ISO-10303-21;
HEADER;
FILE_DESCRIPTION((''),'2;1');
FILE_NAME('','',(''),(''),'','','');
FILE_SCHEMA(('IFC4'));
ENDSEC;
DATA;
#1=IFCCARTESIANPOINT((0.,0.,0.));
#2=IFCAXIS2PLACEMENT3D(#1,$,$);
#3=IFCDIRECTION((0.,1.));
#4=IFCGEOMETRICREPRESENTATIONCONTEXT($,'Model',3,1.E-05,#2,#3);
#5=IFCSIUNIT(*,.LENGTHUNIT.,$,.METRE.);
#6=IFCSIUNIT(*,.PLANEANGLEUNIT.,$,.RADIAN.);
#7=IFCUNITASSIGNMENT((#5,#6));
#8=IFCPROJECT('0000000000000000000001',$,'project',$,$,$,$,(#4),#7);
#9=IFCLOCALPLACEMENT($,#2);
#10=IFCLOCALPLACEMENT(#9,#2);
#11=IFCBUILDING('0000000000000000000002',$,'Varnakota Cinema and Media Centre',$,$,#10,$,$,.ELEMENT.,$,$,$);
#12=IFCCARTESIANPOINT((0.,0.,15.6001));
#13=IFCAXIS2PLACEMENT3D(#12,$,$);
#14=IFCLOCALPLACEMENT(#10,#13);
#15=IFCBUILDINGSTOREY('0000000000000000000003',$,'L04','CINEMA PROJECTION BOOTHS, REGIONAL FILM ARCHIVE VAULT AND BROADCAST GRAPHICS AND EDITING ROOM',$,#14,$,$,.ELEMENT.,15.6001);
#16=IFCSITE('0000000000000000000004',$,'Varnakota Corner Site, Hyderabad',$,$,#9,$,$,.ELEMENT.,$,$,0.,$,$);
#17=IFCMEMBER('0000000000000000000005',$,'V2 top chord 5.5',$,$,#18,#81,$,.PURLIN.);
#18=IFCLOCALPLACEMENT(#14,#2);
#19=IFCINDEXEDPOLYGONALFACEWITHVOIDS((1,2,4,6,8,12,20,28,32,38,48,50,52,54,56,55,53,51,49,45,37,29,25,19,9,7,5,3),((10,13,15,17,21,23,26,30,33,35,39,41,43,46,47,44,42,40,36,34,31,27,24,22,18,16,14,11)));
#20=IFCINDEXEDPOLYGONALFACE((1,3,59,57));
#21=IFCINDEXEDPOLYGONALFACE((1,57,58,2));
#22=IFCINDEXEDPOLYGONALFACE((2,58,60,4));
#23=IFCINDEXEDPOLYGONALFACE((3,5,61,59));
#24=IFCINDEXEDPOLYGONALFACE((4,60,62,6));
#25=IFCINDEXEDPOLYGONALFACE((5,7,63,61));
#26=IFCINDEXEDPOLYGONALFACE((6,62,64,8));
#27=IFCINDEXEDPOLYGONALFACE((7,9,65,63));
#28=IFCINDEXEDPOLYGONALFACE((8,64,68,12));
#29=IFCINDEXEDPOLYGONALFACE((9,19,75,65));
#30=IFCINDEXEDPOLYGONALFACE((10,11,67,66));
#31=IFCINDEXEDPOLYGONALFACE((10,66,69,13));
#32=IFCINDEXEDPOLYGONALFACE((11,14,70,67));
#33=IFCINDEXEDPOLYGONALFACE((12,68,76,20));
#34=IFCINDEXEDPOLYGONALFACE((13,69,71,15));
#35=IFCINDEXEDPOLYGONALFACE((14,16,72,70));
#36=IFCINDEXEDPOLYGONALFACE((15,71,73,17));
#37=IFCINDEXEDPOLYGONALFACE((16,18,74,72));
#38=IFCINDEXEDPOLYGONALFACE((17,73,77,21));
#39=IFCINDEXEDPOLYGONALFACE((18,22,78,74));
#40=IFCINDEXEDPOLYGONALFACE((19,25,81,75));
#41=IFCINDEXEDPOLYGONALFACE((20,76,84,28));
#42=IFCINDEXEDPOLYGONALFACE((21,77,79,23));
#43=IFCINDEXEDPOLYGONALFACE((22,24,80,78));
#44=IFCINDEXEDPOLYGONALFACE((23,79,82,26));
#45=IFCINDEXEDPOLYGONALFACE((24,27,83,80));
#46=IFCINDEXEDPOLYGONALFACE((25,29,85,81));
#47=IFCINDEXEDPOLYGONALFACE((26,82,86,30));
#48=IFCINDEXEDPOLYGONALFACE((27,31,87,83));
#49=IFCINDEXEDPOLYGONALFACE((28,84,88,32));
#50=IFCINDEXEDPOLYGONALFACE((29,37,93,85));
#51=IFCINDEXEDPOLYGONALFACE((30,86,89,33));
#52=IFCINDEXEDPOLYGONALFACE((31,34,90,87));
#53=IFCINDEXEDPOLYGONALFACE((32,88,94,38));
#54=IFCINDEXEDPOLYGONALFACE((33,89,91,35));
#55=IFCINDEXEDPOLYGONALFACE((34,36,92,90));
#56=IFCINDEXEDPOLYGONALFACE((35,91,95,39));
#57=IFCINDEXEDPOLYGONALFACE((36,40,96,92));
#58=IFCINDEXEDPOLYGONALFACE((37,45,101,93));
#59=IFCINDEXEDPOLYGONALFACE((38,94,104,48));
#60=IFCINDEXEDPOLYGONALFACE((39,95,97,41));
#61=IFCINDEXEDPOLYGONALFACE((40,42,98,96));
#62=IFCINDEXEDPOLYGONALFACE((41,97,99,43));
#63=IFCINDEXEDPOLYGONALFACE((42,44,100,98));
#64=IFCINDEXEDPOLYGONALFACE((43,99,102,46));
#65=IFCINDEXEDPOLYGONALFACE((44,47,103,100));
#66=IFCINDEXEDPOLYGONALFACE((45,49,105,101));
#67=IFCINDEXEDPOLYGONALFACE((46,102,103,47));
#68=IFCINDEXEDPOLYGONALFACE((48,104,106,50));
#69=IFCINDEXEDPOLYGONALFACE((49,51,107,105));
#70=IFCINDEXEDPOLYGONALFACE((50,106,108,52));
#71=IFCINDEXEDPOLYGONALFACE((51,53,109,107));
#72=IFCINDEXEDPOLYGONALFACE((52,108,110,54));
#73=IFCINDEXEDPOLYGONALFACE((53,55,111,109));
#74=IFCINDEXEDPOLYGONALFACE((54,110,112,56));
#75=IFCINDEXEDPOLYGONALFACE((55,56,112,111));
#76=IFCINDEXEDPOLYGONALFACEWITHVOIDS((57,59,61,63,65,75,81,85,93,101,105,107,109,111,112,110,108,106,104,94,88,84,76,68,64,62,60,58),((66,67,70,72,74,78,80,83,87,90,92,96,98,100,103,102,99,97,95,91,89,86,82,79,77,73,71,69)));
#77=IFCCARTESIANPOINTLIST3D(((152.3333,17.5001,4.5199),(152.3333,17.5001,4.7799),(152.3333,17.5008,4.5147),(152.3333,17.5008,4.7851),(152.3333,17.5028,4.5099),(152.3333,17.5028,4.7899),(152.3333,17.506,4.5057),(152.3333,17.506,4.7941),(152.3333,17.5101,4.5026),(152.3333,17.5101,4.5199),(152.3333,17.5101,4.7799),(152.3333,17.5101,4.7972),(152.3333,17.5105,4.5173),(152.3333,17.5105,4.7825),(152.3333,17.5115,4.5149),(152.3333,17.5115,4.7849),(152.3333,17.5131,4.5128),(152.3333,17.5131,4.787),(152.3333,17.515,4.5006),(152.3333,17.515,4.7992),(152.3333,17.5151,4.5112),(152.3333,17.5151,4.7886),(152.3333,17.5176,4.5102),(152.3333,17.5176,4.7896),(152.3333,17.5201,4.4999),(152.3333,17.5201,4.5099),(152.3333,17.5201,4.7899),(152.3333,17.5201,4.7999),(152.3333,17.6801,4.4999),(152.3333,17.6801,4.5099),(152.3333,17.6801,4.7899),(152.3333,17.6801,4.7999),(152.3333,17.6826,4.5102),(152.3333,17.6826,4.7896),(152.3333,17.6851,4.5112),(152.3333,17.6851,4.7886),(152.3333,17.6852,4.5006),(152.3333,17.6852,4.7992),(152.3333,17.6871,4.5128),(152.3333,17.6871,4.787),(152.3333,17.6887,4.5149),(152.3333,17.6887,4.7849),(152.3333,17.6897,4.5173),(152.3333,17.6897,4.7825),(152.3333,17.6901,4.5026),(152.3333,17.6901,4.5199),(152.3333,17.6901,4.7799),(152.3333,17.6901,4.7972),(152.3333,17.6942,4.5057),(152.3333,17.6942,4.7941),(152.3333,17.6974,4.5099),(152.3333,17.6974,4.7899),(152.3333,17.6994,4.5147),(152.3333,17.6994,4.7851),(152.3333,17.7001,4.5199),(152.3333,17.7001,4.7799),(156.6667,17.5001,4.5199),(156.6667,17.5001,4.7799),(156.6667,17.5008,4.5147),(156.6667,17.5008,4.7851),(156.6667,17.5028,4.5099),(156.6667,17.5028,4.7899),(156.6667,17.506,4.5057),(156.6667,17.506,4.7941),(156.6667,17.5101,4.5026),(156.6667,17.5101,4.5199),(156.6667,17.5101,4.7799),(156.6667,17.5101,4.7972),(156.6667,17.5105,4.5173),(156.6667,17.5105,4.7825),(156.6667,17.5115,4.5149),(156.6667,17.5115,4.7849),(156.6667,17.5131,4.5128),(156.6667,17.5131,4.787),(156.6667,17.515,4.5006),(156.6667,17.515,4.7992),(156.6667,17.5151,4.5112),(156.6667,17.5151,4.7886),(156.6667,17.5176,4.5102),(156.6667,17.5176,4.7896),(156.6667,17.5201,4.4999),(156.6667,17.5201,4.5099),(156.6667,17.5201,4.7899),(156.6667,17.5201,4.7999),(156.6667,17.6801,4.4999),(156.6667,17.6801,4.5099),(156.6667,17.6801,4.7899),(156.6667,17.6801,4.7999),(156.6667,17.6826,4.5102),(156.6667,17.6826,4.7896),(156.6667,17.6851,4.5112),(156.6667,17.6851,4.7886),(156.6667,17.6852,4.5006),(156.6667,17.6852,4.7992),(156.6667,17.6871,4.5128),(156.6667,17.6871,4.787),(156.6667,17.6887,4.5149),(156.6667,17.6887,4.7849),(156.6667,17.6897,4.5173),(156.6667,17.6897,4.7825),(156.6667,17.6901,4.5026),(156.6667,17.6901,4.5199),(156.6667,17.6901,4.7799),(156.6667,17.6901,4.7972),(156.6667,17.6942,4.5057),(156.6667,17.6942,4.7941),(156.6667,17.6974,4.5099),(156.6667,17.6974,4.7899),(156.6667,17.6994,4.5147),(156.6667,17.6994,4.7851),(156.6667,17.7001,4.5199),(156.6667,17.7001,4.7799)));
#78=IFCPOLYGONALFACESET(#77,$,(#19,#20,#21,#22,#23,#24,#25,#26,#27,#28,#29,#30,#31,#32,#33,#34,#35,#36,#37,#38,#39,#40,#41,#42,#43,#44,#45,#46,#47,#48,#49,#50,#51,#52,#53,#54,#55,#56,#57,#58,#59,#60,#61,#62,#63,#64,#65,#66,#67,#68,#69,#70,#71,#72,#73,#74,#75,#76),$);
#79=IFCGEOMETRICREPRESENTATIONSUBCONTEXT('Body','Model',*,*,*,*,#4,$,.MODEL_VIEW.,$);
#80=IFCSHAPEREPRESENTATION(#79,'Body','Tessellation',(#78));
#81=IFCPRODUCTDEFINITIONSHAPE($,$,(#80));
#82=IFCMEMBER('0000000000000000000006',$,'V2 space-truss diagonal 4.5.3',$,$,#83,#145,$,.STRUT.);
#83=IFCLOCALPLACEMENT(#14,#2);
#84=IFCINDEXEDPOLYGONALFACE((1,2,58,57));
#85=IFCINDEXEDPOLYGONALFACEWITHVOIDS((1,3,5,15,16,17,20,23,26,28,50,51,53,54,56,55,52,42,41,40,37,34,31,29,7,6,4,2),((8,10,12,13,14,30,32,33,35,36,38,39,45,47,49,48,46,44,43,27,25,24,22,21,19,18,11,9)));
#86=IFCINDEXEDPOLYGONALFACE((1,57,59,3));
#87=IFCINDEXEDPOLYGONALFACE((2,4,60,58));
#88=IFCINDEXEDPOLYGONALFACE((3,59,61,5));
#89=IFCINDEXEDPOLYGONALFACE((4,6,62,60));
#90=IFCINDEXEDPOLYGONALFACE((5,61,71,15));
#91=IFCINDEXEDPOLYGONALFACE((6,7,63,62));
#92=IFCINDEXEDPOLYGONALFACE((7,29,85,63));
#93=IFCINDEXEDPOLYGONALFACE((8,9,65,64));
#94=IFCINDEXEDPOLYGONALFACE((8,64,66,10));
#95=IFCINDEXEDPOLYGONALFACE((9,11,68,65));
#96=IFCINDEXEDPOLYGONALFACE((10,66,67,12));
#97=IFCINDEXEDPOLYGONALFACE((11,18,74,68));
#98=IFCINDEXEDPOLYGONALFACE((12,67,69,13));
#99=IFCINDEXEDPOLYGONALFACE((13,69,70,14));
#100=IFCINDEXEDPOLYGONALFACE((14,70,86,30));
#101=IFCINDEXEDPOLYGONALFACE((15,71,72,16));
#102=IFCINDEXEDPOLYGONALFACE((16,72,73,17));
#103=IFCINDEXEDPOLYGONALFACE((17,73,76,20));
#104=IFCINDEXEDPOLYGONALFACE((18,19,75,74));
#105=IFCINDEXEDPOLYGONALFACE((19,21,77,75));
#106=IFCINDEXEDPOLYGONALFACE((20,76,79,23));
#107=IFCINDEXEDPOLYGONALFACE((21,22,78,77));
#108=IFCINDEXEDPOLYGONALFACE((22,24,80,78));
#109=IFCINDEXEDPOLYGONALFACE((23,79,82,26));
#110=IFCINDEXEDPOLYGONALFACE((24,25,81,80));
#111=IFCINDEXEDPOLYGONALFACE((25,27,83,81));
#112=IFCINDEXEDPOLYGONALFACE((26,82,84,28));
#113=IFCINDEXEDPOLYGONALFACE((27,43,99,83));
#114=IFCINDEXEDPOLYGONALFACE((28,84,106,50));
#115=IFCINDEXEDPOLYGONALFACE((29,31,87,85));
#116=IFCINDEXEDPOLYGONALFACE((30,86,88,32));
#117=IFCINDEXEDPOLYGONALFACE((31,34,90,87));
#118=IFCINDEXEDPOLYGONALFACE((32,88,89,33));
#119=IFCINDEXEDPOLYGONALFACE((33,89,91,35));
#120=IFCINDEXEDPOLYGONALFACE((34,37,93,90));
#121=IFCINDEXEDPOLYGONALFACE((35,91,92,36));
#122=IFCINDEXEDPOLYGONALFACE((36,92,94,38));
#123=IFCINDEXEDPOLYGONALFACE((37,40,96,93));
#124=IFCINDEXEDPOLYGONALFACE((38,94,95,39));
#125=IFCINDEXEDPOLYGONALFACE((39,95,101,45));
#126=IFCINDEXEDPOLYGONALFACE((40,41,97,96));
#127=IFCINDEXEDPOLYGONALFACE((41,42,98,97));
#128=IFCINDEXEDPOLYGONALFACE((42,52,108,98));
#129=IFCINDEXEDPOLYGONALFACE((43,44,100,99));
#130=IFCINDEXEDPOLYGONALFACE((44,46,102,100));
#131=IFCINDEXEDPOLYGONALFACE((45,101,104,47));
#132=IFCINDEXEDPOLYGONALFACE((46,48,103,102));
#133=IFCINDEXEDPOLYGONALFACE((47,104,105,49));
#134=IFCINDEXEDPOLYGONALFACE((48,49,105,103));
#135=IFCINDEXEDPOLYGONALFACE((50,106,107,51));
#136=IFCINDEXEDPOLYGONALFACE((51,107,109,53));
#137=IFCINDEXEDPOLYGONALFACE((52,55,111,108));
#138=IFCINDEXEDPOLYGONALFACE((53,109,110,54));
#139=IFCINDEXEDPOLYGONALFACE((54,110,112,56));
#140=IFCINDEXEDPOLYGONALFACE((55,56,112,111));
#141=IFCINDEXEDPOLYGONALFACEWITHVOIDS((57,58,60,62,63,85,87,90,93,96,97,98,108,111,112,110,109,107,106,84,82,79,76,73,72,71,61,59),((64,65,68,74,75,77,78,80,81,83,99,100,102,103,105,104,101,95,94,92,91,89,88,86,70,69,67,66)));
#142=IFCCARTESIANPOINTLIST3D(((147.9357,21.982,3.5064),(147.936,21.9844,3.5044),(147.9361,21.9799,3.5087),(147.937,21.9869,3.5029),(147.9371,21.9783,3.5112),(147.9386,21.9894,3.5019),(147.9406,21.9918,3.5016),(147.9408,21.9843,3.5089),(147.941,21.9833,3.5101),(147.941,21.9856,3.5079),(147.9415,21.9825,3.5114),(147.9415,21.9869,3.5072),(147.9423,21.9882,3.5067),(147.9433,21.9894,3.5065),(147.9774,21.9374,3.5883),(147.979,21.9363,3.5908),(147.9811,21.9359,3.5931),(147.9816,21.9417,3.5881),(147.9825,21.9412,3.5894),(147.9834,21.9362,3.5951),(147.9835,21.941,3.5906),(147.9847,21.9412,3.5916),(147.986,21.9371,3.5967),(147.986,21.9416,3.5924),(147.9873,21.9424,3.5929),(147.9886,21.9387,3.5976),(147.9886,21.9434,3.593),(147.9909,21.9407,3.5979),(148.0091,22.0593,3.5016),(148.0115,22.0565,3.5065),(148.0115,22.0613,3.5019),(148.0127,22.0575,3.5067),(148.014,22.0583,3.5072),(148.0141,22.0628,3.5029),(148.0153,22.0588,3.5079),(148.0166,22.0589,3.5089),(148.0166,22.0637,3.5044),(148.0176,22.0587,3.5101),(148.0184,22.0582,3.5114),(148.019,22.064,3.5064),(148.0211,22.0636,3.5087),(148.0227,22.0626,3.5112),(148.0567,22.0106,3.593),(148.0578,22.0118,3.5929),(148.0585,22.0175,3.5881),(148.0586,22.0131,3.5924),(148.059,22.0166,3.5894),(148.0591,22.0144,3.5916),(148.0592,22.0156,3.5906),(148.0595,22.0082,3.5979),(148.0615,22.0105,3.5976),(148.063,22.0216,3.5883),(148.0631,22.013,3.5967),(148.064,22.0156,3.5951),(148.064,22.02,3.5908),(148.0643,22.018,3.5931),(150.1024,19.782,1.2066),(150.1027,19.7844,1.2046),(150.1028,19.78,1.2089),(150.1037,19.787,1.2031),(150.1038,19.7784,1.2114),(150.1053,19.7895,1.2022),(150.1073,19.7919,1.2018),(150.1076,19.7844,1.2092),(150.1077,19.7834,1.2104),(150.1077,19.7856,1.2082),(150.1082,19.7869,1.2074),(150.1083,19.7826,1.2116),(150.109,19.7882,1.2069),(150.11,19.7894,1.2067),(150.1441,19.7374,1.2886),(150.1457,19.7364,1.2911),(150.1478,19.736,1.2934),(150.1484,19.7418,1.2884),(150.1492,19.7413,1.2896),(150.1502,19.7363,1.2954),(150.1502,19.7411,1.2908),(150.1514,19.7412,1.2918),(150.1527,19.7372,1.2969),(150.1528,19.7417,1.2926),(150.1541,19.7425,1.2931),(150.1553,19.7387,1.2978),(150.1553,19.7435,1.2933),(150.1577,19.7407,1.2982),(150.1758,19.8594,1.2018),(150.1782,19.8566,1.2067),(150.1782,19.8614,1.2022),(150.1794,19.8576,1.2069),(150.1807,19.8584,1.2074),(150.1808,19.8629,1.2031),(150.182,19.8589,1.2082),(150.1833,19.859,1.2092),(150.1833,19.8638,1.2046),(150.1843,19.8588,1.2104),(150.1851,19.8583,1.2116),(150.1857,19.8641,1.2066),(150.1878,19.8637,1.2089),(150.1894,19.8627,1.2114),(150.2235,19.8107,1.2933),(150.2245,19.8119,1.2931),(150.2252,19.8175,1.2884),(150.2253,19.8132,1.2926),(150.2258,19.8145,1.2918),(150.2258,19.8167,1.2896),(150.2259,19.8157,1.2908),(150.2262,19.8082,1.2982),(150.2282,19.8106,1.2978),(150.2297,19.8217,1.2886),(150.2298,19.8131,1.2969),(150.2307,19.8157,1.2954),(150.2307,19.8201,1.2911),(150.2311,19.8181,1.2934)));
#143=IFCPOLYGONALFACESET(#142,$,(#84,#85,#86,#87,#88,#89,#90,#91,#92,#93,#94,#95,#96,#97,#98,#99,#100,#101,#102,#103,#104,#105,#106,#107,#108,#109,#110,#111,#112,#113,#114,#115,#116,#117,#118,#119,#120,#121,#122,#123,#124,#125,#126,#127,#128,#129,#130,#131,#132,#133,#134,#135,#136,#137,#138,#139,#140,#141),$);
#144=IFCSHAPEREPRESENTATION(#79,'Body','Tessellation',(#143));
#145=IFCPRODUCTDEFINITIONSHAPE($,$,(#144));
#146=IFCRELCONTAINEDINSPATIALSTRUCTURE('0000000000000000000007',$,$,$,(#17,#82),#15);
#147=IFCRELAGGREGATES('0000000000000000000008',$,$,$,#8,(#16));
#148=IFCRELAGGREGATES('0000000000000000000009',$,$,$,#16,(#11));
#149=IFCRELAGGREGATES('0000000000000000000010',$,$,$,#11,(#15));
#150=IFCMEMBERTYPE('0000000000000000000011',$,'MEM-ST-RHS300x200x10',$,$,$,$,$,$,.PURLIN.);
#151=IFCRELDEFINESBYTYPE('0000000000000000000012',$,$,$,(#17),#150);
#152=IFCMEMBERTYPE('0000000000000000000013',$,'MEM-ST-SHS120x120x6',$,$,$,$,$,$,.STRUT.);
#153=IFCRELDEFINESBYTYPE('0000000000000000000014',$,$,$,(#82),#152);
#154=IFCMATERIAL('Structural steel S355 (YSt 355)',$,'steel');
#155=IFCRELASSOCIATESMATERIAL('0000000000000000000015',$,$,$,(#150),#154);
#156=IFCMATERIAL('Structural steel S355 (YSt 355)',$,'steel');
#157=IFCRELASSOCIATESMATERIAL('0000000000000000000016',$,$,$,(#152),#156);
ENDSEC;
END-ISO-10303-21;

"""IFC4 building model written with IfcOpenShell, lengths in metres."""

from ifc_helpers import new_model, si_unit, direction, frame, origin, origin_2d, place, context, subcontext, project, spatial, hollow_rectangle, extrude, material, material_profile, profile_set, type_object, element, save


model = new_model("IFC4")

# Units and contexts
model_context = context("Model", 3, precision=1e-05, world=origin(), true_north=direction((0.0, 1.0)))
body_context = subcontext(model_context, "Body", "Model", "MODEL_VIEW")
ifc_project = project(units=[si_unit("LENGTHUNIT", "METRE"), si_unit("PLANEANGLEUNIT", "RADIAN")], contexts=[model_context])

# Site, building, storey
site_placement = place(None, origin())
site = spatial("IfcSite", under=ifc_project, at=site_placement, Name="Varnakota Corner Site, Hyderabad", CompositionType="ELEMENT", RefElevation=0.0)
building_placement = place(site_placement, origin())
building = spatial("IfcBuilding", under=site, at=building_placement, Name="Varnakota Cinema and Media Centre", CompositionType="ELEMENT")
storey_placement = place(building_placement, frame((0.0, 0.0, 15.6001)))
storey = spatial("IfcBuildingStorey", under=building, at=storey_placement, Name="L04", Description="CINEMA PROJECTION BOOTHS, REGIONAL FILM ARCHIVE VAULT AND BROADCAST GRAPHICS AND EDITING ROOM", CompositionType="ELEMENT", Elevation=15.6001)

# Members
ifc_material_1 = material(Name="Structural steel S355 (YSt 355)", Category="steel")
ifc_material_profile_1 = material_profile(ifc_material_1, hollow_rectangle(XDim=0.2, YDim=0.3, WallThickness=0.01, InnerFilletRadius=0.01, OuterFilletRadius=0.02, at=origin_2d()), Name="RHS 300x200x10")
ifc_profile_set_1 = profile_set([ifc_material_profile_1], Name="Structural steel S355 (YSt 355)")
member_type_1 = type_object("IfcMemberType", Name="MEM-ST-RHS300x200x10", PredefinedType="PURLIN", material=ifc_profile_set_1)
member_1_placement = place(storey_placement, frame((152.3333, 17.6001, 4.6499), z_axis=(1.0, 0.0, 0.0), x_axis=(0.0, 1.0, 0.0)))
element("IfcMember", 1, at=member_1_placement, inside=storey, type_object=member_type_1, Name="V2 top chord 5.5", PredefinedType="PURLIN", context=body_context, shape_type="SweptSolid", body=[
    extrude(hollow_rectangle(XDim=0.2, YDim=0.3, WallThickness=0.01, InnerFilletRadius=0.01, OuterFilletRadius=0.02, at=origin_2d()), origin(), (0.0, 0.0, 1.0), 4.3335),
])
ifc_material_2 = material(Name="Structural steel S355 (YSt 355)", Category="steel")
ifc_material_profile_2 = material_profile(ifc_material_2, hollow_rectangle(XDim=0.1201, YDim=0.1201, WallThickness=0.0061, InnerFilletRadius=0.0061, OuterFilletRadius=0.012, at=origin_2d()), Name="SHS 120x120x6")
ifc_profile_set_2 = profile_set([ifc_material_profile_2], Name="Structural steel S355 (YSt 355)")
member_type_2 = type_object("IfcMemberType", Name="MEM-ST-SHS120x120x6", PredefinedType="STRUT", material=ifc_profile_set_2)
member_2_placement = place(storey_placement, frame((150.1667, 19.8, 1.25), z_axis=(-0.562769, 0.571393, 0.597328), x_axis=(-0.712463, -0.70171, 0.0)))
element("IfcMember", 2, at=member_2_placement, inside=storey, type_object=member_type_2, Name="V2 space-truss diagonal 4.5.3", PredefinedType="STRUT", context=body_context, shape_type="SweptSolid", body=[
    extrude(hollow_rectangle(XDim=0.1201, YDim=0.1201, WallThickness=0.0061, InnerFilletRadius=0.0061, OuterFilletRadius=0.012, at=origin_2d()), origin(), (0.0, 0.0, 1.0), 3.8501),
])

save(model, "model.ifc")
